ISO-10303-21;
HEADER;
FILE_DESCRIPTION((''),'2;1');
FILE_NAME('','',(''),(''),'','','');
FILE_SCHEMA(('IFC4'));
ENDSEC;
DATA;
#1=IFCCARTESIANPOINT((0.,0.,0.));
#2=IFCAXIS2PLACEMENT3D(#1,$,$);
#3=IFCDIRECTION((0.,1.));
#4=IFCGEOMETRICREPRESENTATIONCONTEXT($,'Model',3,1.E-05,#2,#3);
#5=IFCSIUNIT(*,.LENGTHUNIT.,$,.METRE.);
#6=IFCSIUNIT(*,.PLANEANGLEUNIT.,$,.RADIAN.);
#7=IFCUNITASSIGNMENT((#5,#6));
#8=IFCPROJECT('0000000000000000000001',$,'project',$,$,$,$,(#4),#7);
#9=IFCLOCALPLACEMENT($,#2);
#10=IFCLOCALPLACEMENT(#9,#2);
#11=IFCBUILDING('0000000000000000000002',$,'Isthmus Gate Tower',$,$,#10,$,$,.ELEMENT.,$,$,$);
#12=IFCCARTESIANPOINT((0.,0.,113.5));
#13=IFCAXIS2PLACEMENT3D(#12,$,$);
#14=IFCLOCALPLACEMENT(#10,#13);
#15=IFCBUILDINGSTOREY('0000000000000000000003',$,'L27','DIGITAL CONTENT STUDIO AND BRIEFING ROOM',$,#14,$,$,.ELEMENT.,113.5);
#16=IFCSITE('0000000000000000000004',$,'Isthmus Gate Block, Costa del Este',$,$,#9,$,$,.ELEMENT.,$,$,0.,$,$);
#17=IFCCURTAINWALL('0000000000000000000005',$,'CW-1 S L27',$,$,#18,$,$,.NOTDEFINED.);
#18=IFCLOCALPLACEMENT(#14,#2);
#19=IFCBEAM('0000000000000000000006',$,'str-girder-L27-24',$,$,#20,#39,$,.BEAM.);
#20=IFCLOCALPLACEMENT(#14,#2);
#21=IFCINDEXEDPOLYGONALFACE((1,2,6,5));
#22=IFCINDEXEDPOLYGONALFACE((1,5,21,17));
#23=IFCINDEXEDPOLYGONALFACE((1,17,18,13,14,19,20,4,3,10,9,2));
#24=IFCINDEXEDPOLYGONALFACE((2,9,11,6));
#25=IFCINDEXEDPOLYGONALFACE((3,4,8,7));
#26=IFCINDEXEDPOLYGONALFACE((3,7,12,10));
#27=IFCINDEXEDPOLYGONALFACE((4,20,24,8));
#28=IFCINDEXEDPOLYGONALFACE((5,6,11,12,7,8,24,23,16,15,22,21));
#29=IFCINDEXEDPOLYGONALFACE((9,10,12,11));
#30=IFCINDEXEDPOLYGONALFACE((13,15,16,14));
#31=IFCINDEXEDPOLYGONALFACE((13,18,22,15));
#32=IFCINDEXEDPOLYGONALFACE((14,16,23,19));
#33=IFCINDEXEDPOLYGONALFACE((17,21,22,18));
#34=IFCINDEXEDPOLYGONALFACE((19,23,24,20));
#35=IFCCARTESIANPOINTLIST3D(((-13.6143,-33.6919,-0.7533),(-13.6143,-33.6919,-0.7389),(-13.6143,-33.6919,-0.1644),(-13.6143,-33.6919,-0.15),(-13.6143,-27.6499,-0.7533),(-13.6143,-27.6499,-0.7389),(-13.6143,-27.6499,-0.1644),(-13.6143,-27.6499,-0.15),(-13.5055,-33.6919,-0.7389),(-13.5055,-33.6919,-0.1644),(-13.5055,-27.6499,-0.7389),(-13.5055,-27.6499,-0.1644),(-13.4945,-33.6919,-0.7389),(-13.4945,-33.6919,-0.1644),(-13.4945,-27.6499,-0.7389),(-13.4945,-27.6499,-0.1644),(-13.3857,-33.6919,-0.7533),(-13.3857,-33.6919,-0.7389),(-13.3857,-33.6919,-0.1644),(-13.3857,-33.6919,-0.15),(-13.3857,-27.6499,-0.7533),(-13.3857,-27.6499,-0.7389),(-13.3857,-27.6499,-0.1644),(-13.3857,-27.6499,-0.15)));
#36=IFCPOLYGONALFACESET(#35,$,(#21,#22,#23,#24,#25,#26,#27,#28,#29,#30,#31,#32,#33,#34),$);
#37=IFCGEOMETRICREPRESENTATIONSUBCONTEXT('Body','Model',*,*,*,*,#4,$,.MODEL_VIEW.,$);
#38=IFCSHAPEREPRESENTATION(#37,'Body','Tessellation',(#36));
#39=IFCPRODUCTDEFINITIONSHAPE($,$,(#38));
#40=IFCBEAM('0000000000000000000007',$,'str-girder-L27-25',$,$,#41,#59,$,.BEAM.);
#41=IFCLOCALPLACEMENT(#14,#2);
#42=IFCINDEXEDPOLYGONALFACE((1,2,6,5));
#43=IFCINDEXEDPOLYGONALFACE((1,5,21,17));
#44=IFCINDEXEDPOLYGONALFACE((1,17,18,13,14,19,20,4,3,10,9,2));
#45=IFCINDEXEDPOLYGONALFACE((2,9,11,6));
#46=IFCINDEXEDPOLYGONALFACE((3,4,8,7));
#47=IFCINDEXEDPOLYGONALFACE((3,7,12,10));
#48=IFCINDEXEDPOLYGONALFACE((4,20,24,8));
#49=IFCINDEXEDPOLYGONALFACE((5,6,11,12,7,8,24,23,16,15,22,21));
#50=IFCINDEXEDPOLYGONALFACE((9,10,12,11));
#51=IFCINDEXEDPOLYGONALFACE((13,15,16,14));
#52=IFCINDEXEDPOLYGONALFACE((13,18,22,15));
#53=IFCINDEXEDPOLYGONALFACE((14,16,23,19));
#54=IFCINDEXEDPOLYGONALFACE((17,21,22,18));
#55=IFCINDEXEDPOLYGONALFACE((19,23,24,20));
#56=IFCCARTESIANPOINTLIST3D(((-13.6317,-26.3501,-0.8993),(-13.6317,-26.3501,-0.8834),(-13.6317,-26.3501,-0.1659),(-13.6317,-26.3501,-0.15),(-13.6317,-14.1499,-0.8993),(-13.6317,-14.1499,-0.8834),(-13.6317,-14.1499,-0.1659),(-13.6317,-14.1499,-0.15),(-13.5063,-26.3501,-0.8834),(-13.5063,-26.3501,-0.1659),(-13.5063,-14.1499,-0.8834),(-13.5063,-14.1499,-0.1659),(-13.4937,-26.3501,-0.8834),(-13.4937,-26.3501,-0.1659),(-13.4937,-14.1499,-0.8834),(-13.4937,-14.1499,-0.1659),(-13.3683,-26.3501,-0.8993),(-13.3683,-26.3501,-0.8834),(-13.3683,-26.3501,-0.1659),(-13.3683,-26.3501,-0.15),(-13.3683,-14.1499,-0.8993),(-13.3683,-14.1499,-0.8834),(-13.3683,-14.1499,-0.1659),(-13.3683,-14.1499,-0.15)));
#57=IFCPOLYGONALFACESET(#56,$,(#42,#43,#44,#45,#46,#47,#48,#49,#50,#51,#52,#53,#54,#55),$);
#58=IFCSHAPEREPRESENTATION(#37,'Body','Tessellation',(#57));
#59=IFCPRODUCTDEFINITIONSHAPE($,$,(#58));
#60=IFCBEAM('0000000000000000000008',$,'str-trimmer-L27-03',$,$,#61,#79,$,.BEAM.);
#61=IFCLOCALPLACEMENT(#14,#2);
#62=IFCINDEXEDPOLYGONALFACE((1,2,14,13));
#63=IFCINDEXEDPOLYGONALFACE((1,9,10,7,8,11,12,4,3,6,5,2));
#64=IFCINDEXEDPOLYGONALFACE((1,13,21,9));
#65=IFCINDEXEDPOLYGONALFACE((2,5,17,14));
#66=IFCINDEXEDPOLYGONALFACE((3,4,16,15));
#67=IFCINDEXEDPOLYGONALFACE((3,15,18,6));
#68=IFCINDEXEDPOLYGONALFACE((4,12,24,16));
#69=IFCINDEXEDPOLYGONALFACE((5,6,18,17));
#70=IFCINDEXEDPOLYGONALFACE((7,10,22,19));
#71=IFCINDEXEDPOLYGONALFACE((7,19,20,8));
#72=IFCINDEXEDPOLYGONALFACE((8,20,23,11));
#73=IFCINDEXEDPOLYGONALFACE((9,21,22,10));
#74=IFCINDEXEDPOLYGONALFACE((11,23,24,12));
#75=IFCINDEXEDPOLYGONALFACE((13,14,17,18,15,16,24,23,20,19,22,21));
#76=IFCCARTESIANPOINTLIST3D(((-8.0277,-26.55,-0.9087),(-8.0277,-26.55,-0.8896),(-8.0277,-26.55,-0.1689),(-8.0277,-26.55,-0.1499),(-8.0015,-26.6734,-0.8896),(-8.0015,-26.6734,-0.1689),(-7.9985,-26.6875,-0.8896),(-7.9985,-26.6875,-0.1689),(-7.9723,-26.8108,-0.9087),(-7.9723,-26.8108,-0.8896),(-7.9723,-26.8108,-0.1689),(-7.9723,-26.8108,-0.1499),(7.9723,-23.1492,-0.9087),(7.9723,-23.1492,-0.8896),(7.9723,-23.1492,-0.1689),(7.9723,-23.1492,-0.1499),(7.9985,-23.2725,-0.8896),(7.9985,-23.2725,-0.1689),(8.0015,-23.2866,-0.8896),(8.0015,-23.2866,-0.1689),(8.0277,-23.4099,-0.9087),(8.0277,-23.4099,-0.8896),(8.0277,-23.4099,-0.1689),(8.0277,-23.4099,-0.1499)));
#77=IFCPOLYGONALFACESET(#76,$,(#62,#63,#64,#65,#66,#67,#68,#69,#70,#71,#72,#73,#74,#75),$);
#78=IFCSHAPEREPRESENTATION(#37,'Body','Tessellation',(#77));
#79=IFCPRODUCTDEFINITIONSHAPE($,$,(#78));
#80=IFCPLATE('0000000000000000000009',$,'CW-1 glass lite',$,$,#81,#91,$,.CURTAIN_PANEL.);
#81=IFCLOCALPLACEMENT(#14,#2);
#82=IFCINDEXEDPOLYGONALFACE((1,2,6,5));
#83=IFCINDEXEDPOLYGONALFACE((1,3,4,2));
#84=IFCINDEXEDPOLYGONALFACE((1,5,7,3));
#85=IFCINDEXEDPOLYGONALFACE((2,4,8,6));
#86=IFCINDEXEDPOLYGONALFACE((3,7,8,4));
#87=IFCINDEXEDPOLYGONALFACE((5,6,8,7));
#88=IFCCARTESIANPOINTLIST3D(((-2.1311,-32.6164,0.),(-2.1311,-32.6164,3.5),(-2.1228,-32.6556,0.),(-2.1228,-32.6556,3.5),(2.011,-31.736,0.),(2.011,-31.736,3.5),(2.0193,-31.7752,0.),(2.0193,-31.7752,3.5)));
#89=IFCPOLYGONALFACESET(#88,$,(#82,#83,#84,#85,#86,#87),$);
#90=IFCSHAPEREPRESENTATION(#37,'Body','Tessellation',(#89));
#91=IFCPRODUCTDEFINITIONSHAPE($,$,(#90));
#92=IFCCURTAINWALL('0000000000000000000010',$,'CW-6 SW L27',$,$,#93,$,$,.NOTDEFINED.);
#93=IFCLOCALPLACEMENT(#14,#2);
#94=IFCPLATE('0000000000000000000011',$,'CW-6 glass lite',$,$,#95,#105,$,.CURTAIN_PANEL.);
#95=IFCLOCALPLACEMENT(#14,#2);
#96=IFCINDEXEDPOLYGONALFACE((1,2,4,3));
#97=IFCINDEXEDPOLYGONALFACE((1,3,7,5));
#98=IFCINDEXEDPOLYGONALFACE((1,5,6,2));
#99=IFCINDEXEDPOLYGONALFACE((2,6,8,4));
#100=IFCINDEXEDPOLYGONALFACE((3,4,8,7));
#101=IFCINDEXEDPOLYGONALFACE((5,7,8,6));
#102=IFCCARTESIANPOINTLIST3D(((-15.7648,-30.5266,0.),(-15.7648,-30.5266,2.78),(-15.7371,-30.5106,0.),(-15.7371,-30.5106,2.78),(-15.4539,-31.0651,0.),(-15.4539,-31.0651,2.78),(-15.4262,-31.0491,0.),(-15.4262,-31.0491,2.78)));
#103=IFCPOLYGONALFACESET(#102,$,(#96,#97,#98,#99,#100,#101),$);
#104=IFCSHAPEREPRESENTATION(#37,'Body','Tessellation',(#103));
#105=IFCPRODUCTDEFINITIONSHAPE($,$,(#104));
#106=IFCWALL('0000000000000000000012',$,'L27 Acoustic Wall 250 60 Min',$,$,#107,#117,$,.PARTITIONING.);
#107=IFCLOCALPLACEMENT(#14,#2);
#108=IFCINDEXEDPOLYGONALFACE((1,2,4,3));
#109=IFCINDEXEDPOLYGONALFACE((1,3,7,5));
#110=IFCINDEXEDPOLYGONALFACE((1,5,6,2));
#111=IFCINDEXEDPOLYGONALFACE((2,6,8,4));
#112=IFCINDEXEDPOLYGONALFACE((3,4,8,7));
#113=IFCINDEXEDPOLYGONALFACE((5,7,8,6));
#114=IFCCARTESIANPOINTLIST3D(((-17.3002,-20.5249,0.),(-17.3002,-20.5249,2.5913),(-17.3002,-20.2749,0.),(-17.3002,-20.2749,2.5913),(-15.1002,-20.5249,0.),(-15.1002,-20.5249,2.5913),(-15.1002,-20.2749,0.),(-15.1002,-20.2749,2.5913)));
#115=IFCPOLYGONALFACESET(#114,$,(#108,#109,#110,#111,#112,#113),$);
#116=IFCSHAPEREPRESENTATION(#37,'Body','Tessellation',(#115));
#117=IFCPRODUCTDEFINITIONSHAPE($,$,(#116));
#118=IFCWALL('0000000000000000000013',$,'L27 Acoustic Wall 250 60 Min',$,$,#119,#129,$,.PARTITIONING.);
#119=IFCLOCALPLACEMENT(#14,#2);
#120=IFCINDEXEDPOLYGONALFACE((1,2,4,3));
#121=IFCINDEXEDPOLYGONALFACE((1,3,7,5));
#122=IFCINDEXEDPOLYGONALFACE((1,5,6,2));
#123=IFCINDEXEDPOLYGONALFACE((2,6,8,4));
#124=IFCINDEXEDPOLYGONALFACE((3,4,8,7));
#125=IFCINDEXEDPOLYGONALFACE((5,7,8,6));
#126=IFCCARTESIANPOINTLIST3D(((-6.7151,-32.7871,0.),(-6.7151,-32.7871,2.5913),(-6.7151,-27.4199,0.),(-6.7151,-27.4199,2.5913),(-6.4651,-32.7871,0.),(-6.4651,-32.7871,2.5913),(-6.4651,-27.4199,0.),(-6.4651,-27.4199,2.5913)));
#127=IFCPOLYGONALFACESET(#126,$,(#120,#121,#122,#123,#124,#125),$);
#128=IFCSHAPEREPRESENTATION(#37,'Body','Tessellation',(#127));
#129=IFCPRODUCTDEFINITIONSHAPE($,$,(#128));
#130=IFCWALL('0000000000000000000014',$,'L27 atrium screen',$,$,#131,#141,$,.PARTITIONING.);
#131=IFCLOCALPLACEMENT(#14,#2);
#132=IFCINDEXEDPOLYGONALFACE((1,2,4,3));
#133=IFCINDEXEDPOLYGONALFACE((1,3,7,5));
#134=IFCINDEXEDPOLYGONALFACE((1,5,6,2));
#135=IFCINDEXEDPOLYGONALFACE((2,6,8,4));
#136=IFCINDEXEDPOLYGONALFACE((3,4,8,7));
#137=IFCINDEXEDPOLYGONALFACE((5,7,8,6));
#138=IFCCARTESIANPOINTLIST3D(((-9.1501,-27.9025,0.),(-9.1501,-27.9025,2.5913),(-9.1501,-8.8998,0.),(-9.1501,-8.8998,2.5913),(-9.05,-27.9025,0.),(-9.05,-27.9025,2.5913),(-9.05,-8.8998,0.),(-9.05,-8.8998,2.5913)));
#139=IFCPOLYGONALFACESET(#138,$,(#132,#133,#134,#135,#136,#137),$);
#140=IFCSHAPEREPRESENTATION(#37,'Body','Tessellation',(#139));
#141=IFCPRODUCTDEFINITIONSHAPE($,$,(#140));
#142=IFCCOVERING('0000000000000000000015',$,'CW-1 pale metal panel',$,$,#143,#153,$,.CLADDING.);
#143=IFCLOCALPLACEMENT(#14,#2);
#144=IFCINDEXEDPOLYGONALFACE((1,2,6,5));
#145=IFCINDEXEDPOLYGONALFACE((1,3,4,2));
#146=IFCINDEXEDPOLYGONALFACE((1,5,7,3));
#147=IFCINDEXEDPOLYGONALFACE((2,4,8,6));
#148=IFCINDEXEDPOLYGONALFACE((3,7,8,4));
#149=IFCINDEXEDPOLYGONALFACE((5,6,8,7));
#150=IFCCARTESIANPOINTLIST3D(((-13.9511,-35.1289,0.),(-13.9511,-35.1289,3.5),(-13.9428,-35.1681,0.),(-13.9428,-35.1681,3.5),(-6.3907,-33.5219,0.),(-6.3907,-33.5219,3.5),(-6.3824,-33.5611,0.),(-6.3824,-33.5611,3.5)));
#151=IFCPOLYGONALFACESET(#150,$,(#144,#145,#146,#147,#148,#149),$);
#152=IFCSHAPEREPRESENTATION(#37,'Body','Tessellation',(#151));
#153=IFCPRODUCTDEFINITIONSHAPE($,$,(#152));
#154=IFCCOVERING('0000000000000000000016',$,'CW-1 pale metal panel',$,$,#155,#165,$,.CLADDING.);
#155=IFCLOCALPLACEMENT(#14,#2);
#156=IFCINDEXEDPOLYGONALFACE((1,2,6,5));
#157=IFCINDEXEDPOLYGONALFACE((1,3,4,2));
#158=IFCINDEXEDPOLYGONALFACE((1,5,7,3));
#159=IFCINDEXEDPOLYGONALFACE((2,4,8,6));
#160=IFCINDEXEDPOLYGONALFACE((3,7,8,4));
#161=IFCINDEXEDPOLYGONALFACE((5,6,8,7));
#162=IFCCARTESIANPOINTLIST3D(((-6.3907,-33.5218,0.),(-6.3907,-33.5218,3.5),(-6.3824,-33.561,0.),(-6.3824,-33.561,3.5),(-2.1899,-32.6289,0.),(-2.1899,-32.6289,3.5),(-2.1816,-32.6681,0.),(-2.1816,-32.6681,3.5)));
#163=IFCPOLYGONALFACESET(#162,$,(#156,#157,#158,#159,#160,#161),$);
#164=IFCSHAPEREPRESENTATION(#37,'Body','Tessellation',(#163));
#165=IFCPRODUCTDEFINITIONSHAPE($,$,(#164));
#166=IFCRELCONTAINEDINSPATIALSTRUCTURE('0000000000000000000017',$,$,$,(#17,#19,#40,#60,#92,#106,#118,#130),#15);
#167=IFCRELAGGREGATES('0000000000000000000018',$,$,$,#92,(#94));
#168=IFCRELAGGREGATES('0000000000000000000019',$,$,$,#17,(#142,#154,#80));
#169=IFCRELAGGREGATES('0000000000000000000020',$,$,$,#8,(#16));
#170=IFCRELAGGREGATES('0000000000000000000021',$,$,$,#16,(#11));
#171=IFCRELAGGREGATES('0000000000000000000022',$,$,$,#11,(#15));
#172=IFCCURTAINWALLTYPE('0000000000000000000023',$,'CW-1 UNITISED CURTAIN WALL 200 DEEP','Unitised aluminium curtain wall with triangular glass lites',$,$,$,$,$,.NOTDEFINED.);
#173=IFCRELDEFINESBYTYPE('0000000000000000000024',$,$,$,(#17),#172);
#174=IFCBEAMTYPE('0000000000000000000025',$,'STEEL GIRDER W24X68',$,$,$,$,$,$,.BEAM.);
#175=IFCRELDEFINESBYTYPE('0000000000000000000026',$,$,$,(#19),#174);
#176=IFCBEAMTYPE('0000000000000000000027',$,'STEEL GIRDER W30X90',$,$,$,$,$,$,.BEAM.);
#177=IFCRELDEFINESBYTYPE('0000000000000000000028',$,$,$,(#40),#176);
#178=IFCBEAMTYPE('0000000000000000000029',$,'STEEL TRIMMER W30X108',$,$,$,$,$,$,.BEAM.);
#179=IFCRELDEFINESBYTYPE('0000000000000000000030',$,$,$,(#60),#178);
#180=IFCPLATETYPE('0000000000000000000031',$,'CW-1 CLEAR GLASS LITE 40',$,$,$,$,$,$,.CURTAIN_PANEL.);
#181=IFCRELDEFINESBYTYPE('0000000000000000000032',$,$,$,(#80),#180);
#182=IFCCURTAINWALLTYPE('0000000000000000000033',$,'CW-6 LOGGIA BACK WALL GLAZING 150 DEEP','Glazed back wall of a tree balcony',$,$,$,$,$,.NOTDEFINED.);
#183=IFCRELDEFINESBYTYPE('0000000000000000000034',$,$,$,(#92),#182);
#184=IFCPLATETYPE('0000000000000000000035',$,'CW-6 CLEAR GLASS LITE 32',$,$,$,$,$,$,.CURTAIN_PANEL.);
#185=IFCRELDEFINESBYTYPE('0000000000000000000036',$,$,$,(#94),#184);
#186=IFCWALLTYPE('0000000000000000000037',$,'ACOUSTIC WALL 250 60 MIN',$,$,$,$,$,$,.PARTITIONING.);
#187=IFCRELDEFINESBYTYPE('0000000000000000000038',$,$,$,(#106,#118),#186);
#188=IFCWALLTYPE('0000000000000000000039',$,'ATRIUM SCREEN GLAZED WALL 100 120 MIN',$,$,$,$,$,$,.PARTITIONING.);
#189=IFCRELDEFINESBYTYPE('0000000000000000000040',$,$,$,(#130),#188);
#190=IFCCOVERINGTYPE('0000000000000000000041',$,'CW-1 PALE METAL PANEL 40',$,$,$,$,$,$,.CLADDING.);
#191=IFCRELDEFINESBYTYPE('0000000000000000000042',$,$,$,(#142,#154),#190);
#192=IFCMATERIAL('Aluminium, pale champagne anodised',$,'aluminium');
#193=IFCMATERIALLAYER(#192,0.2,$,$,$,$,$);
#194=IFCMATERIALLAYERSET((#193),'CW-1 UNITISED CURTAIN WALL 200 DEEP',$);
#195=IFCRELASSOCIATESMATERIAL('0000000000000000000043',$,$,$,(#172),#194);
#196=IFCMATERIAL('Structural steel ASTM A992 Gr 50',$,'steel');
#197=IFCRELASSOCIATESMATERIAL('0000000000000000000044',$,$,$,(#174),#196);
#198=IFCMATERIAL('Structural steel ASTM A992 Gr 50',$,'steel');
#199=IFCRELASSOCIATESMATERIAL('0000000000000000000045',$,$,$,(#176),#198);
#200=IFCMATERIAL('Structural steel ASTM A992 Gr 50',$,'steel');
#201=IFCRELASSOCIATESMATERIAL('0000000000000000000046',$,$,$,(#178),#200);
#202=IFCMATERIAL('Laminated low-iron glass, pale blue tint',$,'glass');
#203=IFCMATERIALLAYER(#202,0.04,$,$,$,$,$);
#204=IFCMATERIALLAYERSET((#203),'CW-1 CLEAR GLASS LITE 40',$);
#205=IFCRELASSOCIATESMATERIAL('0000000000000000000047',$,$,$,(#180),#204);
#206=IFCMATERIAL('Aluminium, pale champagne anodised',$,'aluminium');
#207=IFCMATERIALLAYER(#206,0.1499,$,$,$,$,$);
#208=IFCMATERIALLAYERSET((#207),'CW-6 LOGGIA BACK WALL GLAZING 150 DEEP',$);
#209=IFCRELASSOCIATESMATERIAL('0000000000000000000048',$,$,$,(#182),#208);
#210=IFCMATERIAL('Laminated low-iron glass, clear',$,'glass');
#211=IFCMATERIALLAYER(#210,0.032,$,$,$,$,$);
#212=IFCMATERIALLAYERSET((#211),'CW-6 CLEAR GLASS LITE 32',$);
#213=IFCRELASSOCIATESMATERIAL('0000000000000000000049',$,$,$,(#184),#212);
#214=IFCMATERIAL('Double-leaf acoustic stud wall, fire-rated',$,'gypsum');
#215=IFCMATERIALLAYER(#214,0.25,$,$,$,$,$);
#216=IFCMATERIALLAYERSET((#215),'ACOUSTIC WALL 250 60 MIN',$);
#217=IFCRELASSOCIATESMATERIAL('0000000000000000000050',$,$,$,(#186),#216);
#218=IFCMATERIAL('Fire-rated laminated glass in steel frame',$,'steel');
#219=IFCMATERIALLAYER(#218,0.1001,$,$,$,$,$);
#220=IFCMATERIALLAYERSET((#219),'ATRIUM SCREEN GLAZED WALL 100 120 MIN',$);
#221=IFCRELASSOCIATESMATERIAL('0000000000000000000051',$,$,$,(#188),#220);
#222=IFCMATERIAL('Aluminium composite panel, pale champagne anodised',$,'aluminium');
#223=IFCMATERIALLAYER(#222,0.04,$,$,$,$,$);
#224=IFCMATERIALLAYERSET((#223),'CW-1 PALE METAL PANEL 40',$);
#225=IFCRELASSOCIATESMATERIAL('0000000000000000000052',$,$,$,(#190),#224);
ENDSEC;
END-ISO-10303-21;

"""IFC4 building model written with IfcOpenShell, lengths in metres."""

from ifc_helpers import new_model, si_unit, direction, frame, frame_2d, origin, origin_2d, place, context, subcontext, project, spatial, rectangle, i_section, extrude, material, layer, layer_set, material_profile, profile_set, type_object, element, aggregate, save


model = new_model("IFC4")

# Units and contexts
model_context = context("Model", 3, precision=1e-05, world=origin(), true_north=direction((0.0, 1.0)))
body_context = subcontext(model_context, "Body", "Model", "MODEL_VIEW")
ifc_project = project(units=[si_unit("LENGTHUNIT", "METRE"), si_unit("PLANEANGLEUNIT", "RADIAN")], contexts=[model_context])

# Site, building, storey
site_placement = place(None, origin())
site = spatial("IfcSite", under=ifc_project, at=site_placement, Name="Isthmus Gate Block, Costa del Este", CompositionType="ELEMENT", RefElevation=0.0)
building_placement = place(site_placement, origin())
building = spatial("IfcBuilding", under=site, at=building_placement, Name="Isthmus Gate Tower", CompositionType="ELEMENT")
storey_placement = place(building_placement, frame((0.0, 0.0, 113.5)))
storey = spatial("IfcBuildingStorey", under=building, at=storey_placement, Name="L27", Description="DIGITAL CONTENT STUDIO AND BRIEFING ROOM", CompositionType="ELEMENT", Elevation=113.5)

# Curtain wall
ifc_material_1 = material(Name="Aluminium, pale champagne anodised", Category="aluminium")
ifc_layer_1 = layer(ifc_material_1, 0.2)
ifc_layer_set_1 = layer_set([ifc_layer_1], Name="CW-1 UNITISED CURTAIN WALL 200 DEEP")
curtain_wall_type_1 = type_object("IfcCurtainWallType", Name="CW-1 UNITISED CURTAIN WALL 200 DEEP", Description="Unitised aluminium curtain wall with triangular glass lites", PredefinedType="NOTDEFINED", material=ifc_layer_set_1)
curtain_wall_1_placement = place(storey_placement, origin())
curtain_wall_1 = element("IfcCurtainWall", 1, at=curtain_wall_1_placement, inside=storey, type_object=curtain_wall_type_1, Name="CW-1 S L27", PredefinedType="NOTDEFINED")

# Beams
ifc_material_2 = material(Name="Structural steel ASTM A992 Gr 50", Category="steel")
ifc_material_profile_1 = material_profile(ifc_material_2, i_section(OverallWidth=0.2285, OverallDepth=0.6033, WebThickness=0.011, FlangeThickness=0.0144, at=origin_2d()), Name="W24X68")
ifc_profile_set_1 = profile_set([ifc_material_profile_1], Name="Structural steel ASTM A992 Gr 50")
beam_type_1 = type_object("IfcBeamType", Name="STEEL GIRDER W24X68", PredefinedType="BEAM", material=ifc_profile_set_1)
beam_1_placement = place(storey_placement, frame((-13.5, -33.6919, -0.4517), z_axis=(0.0, 1.0, 0.0), x_axis=(-1.0, 0.0, 0.0)))
element("IfcBeam", 2, at=beam_1_placement, inside=storey, type_object=beam_type_1, Name="str-girder-L27-24", PredefinedType="BEAM", context=body_context, shape_type="SweptSolid", body=[
    extrude(i_section(OverallWidth=0.2285, OverallDepth=0.6033, WebThickness=0.011, FlangeThickness=0.0144, at=origin_2d()), origin(), (0.0, 0.0, 1.0), 6.042),
])
ifc_material_3 = material(Name="Structural steel ASTM A992 Gr 50", Category="steel")
ifc_material_profile_2 = material_profile(ifc_material_3, i_section(OverallWidth=0.2634, OverallDepth=0.7493, WebThickness=0.0127, FlangeThickness=0.0159, at=origin_2d()), Name="W30X90")
ifc_profile_set_2 = profile_set([ifc_material_profile_2], Name="Structural steel ASTM A992 Gr 50")
beam_type_2 = type_object("IfcBeamType", Name="STEEL GIRDER W30X90", PredefinedType="BEAM", material=ifc_profile_set_2)
beam_2_placement = place(storey_placement, frame((-13.5, -26.3501, -0.5247), z_axis=(0.0, 1.0, 0.0), x_axis=(-1.0, 0.0, 0.0)))
element("IfcBeam", 3, at=beam_2_placement, inside=storey, type_object=beam_type_2, Name="str-girder-L27-25", PredefinedType="BEAM", context=body_context, shape_type="SweptSolid", body=[
    extrude(i_section(OverallWidth=0.2634, OverallDepth=0.7493, WebThickness=0.0127, FlangeThickness=0.0159, at=origin_2d()), origin(), (0.0, 0.0, 1.0), 12.2002),
])
ifc_material_4 = material(Name="Structural steel ASTM A992 Gr 50", Category="steel")
ifc_material_profile_3 = material_profile(ifc_material_4, i_section(OverallWidth=0.2666, OverallDepth=0.7588, WebThickness=0.0144, FlangeThickness=0.019, at=origin_2d()), Name="W30X108")
ifc_profile_set_3 = profile_set([ifc_material_profile_3], Name="Structural steel ASTM A992 Gr 50")
beam_type_3 = type_object("IfcBeamType", Name="STEEL TRIMMER W30X108", PredefinedType="BEAM", material=ifc_profile_set_3)
beam_3_placement = place(storey_placement, frame((-8.0, -26.6804, -0.5293), z_axis=(0.978148, 0.20791, 0.0), x_axis=(-0.20791, 0.978148, 0.0)))
element("IfcBeam", 4, at=beam_3_placement, inside=storey, type_object=beam_type_3, Name="str-trimmer-L27-03", PredefinedType="BEAM", context=body_context, shape_type="SweptSolid", body=[
    extrude(i_section(OverallWidth=0.2666, OverallDepth=0.7588, WebThickness=0.0144, FlangeThickness=0.019, at=origin_2d()), origin(), (0.0, 0.0, 1.0), 16.3574),
])

# Plate
ifc_material_5 = material(Name="Laminated low-iron glass, pale blue tint", Category="glass")
ifc_layer_2 = layer(ifc_material_5, 0.04)
ifc_layer_set_2 = layer_set([ifc_layer_2], Name="CW-1 CLEAR GLASS LITE 40")
plate_type_1 = type_object("IfcPlateType", Name="CW-1 CLEAR GLASS LITE 40", PredefinedType="CURTAIN_PANEL", material=ifc_layer_set_2)
plate_1_placement = place(storey_placement, frame((-0.0559, -32.1958, 0.0), z_axis=(0.0, 0.0, 1.0), x_axis=(0.978148, 0.207912, 0.0)))
plate_1 = element("IfcPlate", 5, at=plate_1_placement, type_object=plate_type_1, Name="CW-1 glass lite", PredefinedType="CURTAIN_PANEL", context=body_context, shape_type="SweptSolid", body=[
    extrude(rectangle(XDim=4.2346, YDim=0.04, at=origin_2d()), origin(), (0.0, 0.0, 1.0), 3.5),
])

# Curtain wall, plate
ifc_material_6 = material(Name="Aluminium, pale champagne anodised", Category="aluminium")
ifc_layer_3 = layer(ifc_material_6, 0.1499)
ifc_layer_set_3 = layer_set([ifc_layer_3], Name="CW-6 LOGGIA BACK WALL GLAZING 150 DEEP")
curtain_wall_type_2 = type_object("IfcCurtainWallType", Name="CW-6 LOGGIA BACK WALL GLAZING 150 DEEP", Description="Glazed back wall of a tree balcony", PredefinedType="NOTDEFINED", material=ifc_layer_set_3)
curtain_wall_2_placement = place(storey_placement, origin())
curtain_wall_2 = element("IfcCurtainWall", 6, at=curtain_wall_2_placement, inside=storey, type_object=curtain_wall_type_2, Name="CW-6 SW L27", PredefinedType="NOTDEFINED")
ifc_material_7 = material(Name="Laminated low-iron glass, clear", Category="glass")
ifc_layer_4 = layer(ifc_material_7, 0.032)
ifc_layer_set_4 = layer_set([ifc_layer_4], Name="CW-6 CLEAR GLASS LITE 32")
plate_type_2 = type_object("IfcPlateType", Name="CW-6 CLEAR GLASS LITE 32", PredefinedType="CURTAIN_PANEL", material=ifc_layer_set_4)
plate_2_placement = place(storey_placement, frame((-15.5955, -30.7878, 0.0), z_axis=(0.0, 0.0, 1.0), x_axis=(0.5, -0.866025, 0.0)))
plate_2 = element("IfcPlate", 7, at=plate_2_placement, type_object=plate_type_2, Name="CW-6 glass lite", PredefinedType="CURTAIN_PANEL", context=body_context, shape_type="SweptSolid", body=[
    extrude(rectangle(XDim=0.6218, YDim=0.032, at=origin_2d()), origin(), (0.0, 0.0, 1.0), 2.78),
])
aggregate(curtain_wall_2, [plate_2])

# Walls
ifc_material_8 = material(Name="Double-leaf acoustic stud wall, fire-rated", Category="gypsum")
ifc_layer_5 = layer(ifc_material_8, 0.25)
ifc_layer_set_5 = layer_set([ifc_layer_5], Name="ACOUSTIC WALL 250 60 MIN")
wall_type_1 = type_object("IfcWallType", Name="ACOUSTIC WALL 250 60 MIN", PredefinedType="PARTITIONING", material=ifc_layer_set_5)
wall_1_placement = place(storey_placement, frame((-15.1001, -20.3999, 0.0), z_axis=(0.0, 0.0, 1.0), x_axis=(-1.0, 0.0, 0.0)))
element("IfcWall", 8, at=wall_1_placement, inside=storey, type_object=wall_type_1, Name="L27 Acoustic Wall 250 60 Min", PredefinedType="PARTITIONING", context=body_context, shape_type="SweptSolid", body=[
    extrude(rectangle(XDim=2.2, YDim=0.25, at=frame_2d((1.1001, 0.0))), origin(), (0.0, 0.0, 1.0), 2.5913),
])
wall_2_placement = place(storey_placement, frame((-6.5901, -32.7871, 0.0), z_axis=(0.0, 0.0, 1.0), x_axis=(0.0, 1.0, 0.0)))
element("IfcWall", 9, at=wall_2_placement, inside=storey, type_object=wall_type_1, Name="L27 Acoustic Wall 250 60 Min", PredefinedType="PARTITIONING", context=body_context, shape_type="SweptSolid", body=[
    extrude(rectangle(XDim=5.3672, YDim=0.25, at=frame_2d((2.6836, 0.0))), origin(), (0.0, 0.0, 1.0), 2.5913),
])
ifc_material_9 = material(Name="Fire-rated laminated glass in steel frame", Category="steel")
ifc_layer_6 = layer(ifc_material_9, 0.1001)
ifc_layer_set_6 = layer_set([ifc_layer_6], Name="ATRIUM SCREEN GLAZED WALL 100 120 MIN")
wall_type_2 = type_object("IfcWallType", Name="ATRIUM SCREEN GLAZED WALL 100 120 MIN", PredefinedType="PARTITIONING", material=ifc_layer_set_6)
wall_3_placement = place(storey_placement, frame((-9.1001, -27.9026, 0.0), z_axis=(0.0, 0.0, 1.0), x_axis=(0.0, 1.0, 0.0)))
element("IfcWall", 10, at=wall_3_placement, inside=storey, type_object=wall_type_2, Name="L27 atrium screen", PredefinedType="PARTITIONING", context=body_context, shape_type="SweptSolid", body=[
    extrude(rectangle(XDim=19.0027, YDim=0.1001, at=frame_2d((9.5015, 0.0))), origin(), (0.0, 0.0, 1.0), 2.5913),
])

# Coverings
ifc_material_10 = material(Name="Aluminium composite panel, pale champagne anodised", Category="aluminium")
ifc_layer_7 = layer(ifc_material_10, 0.04)
ifc_layer_set_7 = layer_set([ifc_layer_7], Name="CW-1 PALE METAL PANEL 40")
covering_type = type_object("IfcCoveringType", Name="CW-1 PALE METAL PANEL 40", PredefinedType="CLADDING", material=ifc_layer_set_7)
covering_1_placement = place(storey_placement, frame((-10.1667, -34.345, 0.0), z_axis=(0.0, 0.0, 1.0), x_axis=(0.978148, 0.207912, 0.0)))
covering_1 = element("IfcCovering", 11, at=covering_1_placement, type_object=covering_type, Name="CW-1 pale metal panel", PredefinedType="CLADDING", context=body_context, shape_type="SweptSolid", body=[
    extrude(rectangle(XDim=7.7292, YDim=0.04, at=origin_2d()), origin(), (0.0, 0.0, 1.0), 3.5),
])
covering_2_placement = place(storey_placement, frame((-4.2861, -33.095, 0.0), z_axis=(0.0, 0.0, 1.0), x_axis=(0.978148, 0.207912, 0.0)))
covering_2 = element("IfcCovering", 12, at=covering_2_placement, type_object=covering_type, Name="CW-1 pale metal panel", PredefinedType="CLADDING", context=body_context, shape_type="SweptSolid", body=[
    extrude(rectangle(XDim=4.2947, YDim=0.04, at=origin_2d()), origin(), (0.0, 0.0, 1.0), 3.5),
])
aggregate(curtain_wall_1, [covering_1, covering_2, plate_1])

save(model, "model.ifc")
